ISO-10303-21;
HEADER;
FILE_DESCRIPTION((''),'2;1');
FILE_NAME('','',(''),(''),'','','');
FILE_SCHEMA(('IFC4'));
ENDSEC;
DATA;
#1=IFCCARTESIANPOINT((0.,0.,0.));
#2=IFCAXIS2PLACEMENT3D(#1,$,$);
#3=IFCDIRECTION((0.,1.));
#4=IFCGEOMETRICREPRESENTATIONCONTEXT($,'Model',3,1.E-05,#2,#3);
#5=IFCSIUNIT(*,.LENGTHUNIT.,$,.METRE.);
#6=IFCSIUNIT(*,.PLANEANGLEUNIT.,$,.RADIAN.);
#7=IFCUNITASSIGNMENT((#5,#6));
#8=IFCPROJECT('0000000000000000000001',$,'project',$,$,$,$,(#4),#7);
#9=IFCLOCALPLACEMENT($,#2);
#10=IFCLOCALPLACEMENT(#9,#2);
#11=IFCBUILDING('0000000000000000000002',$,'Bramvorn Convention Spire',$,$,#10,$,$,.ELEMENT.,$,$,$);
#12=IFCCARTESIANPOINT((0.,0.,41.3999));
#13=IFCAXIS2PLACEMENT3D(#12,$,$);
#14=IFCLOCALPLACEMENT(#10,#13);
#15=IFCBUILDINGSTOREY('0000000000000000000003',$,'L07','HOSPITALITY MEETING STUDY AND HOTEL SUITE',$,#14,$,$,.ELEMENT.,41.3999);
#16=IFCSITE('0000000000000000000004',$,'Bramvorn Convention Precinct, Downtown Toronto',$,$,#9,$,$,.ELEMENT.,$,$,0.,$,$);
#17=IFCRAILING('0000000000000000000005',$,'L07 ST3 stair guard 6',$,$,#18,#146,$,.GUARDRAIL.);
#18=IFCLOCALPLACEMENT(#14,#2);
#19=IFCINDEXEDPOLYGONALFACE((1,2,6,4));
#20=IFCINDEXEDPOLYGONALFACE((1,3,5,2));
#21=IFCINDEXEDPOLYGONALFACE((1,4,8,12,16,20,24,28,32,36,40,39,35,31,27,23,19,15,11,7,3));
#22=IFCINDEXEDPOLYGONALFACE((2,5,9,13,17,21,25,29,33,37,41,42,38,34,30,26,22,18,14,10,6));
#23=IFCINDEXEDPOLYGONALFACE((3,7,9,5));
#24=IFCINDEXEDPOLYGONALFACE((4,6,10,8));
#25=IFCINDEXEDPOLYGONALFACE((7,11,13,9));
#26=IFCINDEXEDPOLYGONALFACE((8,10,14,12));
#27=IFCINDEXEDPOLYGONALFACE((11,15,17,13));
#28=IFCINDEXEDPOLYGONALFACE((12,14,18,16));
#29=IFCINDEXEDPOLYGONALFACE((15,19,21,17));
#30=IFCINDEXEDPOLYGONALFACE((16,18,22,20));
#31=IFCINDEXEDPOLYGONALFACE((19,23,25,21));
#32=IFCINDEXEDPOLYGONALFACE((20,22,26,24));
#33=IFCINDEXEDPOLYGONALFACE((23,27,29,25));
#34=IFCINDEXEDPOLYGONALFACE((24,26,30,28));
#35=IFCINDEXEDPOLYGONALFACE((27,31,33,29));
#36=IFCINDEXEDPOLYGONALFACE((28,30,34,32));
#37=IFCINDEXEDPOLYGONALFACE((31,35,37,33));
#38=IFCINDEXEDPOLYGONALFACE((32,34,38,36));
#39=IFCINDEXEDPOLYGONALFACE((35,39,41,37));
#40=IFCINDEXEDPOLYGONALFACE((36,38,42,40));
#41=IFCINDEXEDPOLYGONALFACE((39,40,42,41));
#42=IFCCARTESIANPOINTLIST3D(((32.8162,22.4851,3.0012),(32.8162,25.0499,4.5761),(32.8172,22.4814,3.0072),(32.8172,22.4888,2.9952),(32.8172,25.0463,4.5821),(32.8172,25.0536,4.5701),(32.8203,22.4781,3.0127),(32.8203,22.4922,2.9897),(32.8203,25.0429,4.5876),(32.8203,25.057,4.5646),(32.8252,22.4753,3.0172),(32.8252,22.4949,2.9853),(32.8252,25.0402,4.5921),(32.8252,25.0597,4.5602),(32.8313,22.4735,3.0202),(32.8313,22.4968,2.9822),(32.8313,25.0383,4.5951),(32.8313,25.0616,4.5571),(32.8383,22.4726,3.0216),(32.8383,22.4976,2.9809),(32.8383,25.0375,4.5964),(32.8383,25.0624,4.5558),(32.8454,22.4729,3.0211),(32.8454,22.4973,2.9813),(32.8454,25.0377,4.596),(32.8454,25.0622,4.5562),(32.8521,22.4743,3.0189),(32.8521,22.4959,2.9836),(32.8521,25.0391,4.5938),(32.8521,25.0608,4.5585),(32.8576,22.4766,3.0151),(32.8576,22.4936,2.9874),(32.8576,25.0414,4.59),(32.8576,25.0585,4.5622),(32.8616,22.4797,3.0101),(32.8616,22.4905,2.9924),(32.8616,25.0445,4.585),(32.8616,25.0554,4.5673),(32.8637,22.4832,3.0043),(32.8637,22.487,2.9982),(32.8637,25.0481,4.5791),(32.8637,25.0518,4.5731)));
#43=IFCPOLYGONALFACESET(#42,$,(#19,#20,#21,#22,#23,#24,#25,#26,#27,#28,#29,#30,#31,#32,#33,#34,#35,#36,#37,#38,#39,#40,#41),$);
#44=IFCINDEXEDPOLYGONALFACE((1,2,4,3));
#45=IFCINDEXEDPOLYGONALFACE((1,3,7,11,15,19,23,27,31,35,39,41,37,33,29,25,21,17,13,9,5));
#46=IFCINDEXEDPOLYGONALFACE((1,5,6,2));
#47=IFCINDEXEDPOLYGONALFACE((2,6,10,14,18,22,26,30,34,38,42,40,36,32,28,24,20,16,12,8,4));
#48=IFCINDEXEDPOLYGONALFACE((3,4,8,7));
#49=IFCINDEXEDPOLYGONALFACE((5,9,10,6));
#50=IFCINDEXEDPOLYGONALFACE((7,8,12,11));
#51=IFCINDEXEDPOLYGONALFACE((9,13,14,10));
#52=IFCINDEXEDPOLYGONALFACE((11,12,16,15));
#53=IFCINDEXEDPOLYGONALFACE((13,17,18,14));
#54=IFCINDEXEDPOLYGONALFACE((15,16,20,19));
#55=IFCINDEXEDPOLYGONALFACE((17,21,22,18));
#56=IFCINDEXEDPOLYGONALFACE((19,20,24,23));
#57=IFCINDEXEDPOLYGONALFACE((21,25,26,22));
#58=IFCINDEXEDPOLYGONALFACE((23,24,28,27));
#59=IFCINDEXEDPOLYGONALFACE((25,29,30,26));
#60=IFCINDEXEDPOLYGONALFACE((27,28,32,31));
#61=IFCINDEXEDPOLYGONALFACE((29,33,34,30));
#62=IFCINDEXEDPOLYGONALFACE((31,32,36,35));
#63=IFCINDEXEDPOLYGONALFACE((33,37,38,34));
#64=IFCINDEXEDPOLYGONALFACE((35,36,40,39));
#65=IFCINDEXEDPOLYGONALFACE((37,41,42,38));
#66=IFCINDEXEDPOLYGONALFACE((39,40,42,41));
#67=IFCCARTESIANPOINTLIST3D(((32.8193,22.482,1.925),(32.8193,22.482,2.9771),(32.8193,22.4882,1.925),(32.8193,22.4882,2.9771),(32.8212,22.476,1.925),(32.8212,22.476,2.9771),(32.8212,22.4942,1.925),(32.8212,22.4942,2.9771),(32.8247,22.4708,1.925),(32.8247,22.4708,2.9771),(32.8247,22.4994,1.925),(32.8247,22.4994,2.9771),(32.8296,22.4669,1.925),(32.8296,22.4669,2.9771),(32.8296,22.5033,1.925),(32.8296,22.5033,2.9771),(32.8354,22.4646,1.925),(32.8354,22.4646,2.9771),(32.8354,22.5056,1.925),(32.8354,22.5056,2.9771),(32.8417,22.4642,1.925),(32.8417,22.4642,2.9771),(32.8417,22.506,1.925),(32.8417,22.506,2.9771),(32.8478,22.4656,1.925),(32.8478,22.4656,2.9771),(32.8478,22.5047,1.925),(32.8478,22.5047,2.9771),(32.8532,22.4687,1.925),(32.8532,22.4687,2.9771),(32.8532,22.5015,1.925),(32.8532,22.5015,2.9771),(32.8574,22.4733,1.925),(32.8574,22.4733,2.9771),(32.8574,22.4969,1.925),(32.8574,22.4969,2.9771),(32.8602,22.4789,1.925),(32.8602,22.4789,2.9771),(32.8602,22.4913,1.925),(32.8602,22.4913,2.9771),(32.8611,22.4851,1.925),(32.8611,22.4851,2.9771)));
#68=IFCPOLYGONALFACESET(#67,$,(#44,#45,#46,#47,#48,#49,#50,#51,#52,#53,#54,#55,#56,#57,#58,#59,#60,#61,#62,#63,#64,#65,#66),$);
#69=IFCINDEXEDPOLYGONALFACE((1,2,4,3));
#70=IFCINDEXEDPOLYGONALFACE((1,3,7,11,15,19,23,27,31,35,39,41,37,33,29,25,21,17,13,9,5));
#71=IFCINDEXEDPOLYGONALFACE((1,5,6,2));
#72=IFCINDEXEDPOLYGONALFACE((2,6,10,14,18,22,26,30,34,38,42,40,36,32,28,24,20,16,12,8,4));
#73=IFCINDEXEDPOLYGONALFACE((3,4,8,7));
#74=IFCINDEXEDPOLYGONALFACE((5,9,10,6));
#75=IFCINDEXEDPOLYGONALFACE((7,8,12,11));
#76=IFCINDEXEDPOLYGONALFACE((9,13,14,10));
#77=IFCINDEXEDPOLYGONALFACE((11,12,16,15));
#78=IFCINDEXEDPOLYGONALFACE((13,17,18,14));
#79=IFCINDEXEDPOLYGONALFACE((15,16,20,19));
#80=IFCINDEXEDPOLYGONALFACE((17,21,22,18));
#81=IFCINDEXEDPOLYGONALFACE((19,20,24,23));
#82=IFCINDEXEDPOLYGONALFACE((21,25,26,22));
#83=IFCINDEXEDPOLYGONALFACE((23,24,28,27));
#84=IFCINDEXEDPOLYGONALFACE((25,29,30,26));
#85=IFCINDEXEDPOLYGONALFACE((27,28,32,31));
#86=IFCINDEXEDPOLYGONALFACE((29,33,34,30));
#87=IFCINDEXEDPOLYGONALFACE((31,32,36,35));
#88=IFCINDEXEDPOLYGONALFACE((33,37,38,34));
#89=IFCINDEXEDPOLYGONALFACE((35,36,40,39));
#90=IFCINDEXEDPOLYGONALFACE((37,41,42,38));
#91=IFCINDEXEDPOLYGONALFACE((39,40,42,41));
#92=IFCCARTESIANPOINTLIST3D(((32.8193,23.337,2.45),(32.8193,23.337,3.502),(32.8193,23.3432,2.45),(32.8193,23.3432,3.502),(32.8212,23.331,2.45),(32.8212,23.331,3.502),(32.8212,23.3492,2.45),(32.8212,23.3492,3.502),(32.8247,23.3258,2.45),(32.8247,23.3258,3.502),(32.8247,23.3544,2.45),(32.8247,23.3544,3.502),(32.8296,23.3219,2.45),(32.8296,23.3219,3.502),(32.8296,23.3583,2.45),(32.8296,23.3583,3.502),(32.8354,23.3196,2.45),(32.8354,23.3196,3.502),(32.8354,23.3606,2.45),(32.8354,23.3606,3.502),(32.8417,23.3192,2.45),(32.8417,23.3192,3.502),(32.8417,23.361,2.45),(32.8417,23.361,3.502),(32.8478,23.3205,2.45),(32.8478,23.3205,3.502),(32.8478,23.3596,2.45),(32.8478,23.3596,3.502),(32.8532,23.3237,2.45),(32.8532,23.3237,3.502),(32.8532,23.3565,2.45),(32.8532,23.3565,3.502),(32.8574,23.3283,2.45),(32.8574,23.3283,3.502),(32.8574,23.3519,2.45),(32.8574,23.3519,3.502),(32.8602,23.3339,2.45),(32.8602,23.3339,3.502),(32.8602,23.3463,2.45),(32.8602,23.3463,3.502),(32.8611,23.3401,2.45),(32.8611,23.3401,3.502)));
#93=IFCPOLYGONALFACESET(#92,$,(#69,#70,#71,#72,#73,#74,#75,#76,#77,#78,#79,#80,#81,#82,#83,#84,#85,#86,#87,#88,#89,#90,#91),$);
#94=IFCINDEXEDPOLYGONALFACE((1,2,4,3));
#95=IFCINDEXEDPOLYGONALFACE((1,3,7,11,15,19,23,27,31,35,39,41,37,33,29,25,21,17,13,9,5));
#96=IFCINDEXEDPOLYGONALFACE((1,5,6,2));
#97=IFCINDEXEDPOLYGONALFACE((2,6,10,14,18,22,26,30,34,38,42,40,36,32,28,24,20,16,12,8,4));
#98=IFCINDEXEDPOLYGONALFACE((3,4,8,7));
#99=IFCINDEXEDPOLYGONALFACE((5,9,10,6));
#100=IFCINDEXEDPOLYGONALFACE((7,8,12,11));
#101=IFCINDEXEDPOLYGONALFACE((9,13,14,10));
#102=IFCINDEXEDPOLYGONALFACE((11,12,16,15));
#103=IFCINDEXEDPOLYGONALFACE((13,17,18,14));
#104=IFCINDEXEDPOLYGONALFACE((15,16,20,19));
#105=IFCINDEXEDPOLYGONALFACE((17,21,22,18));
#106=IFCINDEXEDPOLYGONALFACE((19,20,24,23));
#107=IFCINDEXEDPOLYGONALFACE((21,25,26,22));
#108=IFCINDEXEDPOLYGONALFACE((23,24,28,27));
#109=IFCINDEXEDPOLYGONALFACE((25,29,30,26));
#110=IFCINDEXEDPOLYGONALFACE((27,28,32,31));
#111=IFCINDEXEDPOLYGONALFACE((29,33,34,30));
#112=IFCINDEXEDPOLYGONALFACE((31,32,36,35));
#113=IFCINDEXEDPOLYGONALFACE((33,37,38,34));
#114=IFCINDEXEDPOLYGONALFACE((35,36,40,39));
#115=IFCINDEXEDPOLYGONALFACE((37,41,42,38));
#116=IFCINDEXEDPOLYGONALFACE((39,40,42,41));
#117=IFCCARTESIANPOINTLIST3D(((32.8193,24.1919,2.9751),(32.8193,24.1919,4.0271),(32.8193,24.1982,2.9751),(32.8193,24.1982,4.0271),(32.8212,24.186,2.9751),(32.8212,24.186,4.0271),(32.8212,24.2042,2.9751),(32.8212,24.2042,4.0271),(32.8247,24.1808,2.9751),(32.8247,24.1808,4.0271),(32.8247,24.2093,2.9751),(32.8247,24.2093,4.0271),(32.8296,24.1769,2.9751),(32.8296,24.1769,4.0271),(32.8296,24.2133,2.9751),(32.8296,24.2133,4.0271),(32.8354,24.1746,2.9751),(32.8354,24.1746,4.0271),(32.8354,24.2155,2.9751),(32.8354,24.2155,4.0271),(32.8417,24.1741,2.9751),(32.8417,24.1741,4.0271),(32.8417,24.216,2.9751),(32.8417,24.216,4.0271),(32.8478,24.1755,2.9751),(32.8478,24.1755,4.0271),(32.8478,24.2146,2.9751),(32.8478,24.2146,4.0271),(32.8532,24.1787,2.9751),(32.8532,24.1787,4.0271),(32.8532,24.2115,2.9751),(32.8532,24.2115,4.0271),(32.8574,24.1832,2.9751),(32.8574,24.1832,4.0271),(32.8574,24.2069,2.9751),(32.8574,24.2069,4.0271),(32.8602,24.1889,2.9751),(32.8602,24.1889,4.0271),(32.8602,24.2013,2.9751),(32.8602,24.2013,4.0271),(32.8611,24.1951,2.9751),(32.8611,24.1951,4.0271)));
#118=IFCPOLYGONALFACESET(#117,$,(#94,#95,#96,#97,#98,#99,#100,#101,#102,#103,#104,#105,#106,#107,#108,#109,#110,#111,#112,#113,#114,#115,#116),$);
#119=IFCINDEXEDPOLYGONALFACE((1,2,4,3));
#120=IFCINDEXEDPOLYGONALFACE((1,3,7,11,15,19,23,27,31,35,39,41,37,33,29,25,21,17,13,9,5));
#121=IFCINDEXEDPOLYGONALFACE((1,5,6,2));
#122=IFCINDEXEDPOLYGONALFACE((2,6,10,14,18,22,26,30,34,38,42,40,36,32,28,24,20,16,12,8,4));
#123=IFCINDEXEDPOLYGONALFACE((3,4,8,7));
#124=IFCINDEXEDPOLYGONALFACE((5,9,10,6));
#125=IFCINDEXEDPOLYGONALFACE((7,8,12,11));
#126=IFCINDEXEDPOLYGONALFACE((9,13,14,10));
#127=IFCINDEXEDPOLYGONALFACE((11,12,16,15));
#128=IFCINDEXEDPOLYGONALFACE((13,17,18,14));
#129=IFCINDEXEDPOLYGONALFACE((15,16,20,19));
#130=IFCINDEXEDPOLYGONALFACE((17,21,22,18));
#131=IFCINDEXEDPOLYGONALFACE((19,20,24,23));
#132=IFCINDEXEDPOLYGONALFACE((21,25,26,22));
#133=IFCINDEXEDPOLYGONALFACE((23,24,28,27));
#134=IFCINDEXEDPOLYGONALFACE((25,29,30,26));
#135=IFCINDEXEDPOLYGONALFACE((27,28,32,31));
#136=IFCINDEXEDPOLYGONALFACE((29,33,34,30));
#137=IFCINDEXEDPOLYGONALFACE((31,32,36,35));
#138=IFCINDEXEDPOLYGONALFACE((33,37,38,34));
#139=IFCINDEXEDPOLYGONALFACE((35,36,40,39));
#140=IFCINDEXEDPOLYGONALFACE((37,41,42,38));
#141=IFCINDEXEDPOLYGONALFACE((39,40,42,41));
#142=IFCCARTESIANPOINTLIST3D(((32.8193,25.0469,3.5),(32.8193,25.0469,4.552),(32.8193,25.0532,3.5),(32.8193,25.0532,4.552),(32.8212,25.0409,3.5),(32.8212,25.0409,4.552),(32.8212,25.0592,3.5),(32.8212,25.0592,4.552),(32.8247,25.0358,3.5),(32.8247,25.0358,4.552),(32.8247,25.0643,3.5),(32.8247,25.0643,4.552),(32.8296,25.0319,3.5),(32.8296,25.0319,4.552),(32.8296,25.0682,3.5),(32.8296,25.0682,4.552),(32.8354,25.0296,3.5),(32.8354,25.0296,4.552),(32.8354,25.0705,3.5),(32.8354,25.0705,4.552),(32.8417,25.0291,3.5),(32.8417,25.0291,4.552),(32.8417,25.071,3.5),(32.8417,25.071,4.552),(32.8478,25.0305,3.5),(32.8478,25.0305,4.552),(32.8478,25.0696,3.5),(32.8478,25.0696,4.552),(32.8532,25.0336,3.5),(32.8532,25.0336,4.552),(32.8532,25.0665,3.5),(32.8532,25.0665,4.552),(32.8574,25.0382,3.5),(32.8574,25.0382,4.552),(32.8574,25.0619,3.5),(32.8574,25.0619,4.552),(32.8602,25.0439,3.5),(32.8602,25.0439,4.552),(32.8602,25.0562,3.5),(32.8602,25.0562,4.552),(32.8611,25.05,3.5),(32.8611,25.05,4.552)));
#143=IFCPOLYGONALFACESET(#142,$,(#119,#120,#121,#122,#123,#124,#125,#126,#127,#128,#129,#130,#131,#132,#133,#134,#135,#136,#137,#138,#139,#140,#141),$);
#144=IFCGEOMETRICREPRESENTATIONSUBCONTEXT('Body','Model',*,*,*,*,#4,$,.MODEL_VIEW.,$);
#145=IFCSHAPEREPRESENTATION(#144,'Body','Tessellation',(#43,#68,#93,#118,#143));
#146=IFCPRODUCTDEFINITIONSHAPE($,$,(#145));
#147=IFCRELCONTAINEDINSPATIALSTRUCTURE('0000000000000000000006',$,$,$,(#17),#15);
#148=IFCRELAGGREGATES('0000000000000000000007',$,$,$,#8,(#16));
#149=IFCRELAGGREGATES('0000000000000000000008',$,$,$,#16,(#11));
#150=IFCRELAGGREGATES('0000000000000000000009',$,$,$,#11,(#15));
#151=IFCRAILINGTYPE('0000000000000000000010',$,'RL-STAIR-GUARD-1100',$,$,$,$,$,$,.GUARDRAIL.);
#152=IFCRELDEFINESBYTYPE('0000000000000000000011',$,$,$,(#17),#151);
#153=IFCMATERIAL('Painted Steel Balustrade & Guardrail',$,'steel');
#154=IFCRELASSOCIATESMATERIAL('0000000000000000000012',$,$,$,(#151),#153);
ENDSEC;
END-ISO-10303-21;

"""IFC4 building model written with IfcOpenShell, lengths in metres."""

from ifc_helpers import new_model, si_unit, direction, frame, origin, origin_2d, place, context, subcontext, project, spatial, circle, extrude, material, type_object, element, save


model = new_model("IFC4")

# Units and contexts
model_context = context("Model", 3, precision=1e-05, world=origin(), true_north=direction((0.0, 1.0)))
body_context = subcontext(model_context, "Body", "Model", "MODEL_VIEW")
ifc_project = project(units=[si_unit("LENGTHUNIT", "METRE"), si_unit("PLANEANGLEUNIT", "RADIAN")], contexts=[model_context])

# Site, building, storey
site_placement = place(None, origin())
site = spatial("IfcSite", under=ifc_project, at=site_placement, Name="Bramvorn Convention Precinct, Downtown Toronto", CompositionType="ELEMENT", RefElevation=0.0)
building_placement = place(site_placement, origin())
building = spatial("IfcBuilding", under=site, at=building_placement, Name="Bramvorn Convention Spire", CompositionType="ELEMENT")
storey_placement = place(building_placement, frame((0.0, 0.0, 41.3999)))
storey = spatial("IfcBuildingStorey", under=building, at=storey_placement, Name="L07", Description="HOSPITALITY MEETING STUDY AND HOTEL SUITE", CompositionType="ELEMENT", Elevation=41.3999)

# Railing
ifc_material_1 = material(Name="Painted Steel Balustrade & Guardrail", Category="steel")
railing_type_1 = type_object("IfcRailingType", Name="RL-STAIR-GUARD-1100", PredefinedType="GUARDRAIL", material=ifc_material_1)
railing_1_placement = place(storey_placement, frame((32.8401, 22.4851, 1.925)))
element("IfcRailing", 1, at=railing_1_placement, inside=storey, type_object=railing_type_1, Name="L07 ST3 stair guard 6", PredefinedType="GUARDRAIL", context=body_context, shape_type="SweptSolid", body=[
    extrude(circle(Radius=0.0239, at=origin_2d()), frame((0.0, 0.0, 1.0762), z_axis=(0.0, 0.852173, 0.52326), x_axis=(-1.0, 0.0, 0.0)), (0.0, 0.0, 1.0), 3.0098),
    extrude(circle(Radius=0.021, at=origin_2d()), origin(), (0.0, 0.0, 1.0), 1.052),
    extrude(circle(Radius=0.021, at=origin_2d()), frame((0.0, 0.855, 0.5249)), (0.0, 0.0, 1.0), 1.052),
    extrude(circle(Radius=0.021, at=origin_2d()), frame((0.0, 1.71, 1.05)), (0.0, 0.0, 1.0), 1.052),
    extrude(circle(Radius=0.021, at=origin_2d()), frame((0.0, 2.5649, 1.575)), (0.0, 0.0, 1.0), 1.052),
])

save(model, "model.ifc")
